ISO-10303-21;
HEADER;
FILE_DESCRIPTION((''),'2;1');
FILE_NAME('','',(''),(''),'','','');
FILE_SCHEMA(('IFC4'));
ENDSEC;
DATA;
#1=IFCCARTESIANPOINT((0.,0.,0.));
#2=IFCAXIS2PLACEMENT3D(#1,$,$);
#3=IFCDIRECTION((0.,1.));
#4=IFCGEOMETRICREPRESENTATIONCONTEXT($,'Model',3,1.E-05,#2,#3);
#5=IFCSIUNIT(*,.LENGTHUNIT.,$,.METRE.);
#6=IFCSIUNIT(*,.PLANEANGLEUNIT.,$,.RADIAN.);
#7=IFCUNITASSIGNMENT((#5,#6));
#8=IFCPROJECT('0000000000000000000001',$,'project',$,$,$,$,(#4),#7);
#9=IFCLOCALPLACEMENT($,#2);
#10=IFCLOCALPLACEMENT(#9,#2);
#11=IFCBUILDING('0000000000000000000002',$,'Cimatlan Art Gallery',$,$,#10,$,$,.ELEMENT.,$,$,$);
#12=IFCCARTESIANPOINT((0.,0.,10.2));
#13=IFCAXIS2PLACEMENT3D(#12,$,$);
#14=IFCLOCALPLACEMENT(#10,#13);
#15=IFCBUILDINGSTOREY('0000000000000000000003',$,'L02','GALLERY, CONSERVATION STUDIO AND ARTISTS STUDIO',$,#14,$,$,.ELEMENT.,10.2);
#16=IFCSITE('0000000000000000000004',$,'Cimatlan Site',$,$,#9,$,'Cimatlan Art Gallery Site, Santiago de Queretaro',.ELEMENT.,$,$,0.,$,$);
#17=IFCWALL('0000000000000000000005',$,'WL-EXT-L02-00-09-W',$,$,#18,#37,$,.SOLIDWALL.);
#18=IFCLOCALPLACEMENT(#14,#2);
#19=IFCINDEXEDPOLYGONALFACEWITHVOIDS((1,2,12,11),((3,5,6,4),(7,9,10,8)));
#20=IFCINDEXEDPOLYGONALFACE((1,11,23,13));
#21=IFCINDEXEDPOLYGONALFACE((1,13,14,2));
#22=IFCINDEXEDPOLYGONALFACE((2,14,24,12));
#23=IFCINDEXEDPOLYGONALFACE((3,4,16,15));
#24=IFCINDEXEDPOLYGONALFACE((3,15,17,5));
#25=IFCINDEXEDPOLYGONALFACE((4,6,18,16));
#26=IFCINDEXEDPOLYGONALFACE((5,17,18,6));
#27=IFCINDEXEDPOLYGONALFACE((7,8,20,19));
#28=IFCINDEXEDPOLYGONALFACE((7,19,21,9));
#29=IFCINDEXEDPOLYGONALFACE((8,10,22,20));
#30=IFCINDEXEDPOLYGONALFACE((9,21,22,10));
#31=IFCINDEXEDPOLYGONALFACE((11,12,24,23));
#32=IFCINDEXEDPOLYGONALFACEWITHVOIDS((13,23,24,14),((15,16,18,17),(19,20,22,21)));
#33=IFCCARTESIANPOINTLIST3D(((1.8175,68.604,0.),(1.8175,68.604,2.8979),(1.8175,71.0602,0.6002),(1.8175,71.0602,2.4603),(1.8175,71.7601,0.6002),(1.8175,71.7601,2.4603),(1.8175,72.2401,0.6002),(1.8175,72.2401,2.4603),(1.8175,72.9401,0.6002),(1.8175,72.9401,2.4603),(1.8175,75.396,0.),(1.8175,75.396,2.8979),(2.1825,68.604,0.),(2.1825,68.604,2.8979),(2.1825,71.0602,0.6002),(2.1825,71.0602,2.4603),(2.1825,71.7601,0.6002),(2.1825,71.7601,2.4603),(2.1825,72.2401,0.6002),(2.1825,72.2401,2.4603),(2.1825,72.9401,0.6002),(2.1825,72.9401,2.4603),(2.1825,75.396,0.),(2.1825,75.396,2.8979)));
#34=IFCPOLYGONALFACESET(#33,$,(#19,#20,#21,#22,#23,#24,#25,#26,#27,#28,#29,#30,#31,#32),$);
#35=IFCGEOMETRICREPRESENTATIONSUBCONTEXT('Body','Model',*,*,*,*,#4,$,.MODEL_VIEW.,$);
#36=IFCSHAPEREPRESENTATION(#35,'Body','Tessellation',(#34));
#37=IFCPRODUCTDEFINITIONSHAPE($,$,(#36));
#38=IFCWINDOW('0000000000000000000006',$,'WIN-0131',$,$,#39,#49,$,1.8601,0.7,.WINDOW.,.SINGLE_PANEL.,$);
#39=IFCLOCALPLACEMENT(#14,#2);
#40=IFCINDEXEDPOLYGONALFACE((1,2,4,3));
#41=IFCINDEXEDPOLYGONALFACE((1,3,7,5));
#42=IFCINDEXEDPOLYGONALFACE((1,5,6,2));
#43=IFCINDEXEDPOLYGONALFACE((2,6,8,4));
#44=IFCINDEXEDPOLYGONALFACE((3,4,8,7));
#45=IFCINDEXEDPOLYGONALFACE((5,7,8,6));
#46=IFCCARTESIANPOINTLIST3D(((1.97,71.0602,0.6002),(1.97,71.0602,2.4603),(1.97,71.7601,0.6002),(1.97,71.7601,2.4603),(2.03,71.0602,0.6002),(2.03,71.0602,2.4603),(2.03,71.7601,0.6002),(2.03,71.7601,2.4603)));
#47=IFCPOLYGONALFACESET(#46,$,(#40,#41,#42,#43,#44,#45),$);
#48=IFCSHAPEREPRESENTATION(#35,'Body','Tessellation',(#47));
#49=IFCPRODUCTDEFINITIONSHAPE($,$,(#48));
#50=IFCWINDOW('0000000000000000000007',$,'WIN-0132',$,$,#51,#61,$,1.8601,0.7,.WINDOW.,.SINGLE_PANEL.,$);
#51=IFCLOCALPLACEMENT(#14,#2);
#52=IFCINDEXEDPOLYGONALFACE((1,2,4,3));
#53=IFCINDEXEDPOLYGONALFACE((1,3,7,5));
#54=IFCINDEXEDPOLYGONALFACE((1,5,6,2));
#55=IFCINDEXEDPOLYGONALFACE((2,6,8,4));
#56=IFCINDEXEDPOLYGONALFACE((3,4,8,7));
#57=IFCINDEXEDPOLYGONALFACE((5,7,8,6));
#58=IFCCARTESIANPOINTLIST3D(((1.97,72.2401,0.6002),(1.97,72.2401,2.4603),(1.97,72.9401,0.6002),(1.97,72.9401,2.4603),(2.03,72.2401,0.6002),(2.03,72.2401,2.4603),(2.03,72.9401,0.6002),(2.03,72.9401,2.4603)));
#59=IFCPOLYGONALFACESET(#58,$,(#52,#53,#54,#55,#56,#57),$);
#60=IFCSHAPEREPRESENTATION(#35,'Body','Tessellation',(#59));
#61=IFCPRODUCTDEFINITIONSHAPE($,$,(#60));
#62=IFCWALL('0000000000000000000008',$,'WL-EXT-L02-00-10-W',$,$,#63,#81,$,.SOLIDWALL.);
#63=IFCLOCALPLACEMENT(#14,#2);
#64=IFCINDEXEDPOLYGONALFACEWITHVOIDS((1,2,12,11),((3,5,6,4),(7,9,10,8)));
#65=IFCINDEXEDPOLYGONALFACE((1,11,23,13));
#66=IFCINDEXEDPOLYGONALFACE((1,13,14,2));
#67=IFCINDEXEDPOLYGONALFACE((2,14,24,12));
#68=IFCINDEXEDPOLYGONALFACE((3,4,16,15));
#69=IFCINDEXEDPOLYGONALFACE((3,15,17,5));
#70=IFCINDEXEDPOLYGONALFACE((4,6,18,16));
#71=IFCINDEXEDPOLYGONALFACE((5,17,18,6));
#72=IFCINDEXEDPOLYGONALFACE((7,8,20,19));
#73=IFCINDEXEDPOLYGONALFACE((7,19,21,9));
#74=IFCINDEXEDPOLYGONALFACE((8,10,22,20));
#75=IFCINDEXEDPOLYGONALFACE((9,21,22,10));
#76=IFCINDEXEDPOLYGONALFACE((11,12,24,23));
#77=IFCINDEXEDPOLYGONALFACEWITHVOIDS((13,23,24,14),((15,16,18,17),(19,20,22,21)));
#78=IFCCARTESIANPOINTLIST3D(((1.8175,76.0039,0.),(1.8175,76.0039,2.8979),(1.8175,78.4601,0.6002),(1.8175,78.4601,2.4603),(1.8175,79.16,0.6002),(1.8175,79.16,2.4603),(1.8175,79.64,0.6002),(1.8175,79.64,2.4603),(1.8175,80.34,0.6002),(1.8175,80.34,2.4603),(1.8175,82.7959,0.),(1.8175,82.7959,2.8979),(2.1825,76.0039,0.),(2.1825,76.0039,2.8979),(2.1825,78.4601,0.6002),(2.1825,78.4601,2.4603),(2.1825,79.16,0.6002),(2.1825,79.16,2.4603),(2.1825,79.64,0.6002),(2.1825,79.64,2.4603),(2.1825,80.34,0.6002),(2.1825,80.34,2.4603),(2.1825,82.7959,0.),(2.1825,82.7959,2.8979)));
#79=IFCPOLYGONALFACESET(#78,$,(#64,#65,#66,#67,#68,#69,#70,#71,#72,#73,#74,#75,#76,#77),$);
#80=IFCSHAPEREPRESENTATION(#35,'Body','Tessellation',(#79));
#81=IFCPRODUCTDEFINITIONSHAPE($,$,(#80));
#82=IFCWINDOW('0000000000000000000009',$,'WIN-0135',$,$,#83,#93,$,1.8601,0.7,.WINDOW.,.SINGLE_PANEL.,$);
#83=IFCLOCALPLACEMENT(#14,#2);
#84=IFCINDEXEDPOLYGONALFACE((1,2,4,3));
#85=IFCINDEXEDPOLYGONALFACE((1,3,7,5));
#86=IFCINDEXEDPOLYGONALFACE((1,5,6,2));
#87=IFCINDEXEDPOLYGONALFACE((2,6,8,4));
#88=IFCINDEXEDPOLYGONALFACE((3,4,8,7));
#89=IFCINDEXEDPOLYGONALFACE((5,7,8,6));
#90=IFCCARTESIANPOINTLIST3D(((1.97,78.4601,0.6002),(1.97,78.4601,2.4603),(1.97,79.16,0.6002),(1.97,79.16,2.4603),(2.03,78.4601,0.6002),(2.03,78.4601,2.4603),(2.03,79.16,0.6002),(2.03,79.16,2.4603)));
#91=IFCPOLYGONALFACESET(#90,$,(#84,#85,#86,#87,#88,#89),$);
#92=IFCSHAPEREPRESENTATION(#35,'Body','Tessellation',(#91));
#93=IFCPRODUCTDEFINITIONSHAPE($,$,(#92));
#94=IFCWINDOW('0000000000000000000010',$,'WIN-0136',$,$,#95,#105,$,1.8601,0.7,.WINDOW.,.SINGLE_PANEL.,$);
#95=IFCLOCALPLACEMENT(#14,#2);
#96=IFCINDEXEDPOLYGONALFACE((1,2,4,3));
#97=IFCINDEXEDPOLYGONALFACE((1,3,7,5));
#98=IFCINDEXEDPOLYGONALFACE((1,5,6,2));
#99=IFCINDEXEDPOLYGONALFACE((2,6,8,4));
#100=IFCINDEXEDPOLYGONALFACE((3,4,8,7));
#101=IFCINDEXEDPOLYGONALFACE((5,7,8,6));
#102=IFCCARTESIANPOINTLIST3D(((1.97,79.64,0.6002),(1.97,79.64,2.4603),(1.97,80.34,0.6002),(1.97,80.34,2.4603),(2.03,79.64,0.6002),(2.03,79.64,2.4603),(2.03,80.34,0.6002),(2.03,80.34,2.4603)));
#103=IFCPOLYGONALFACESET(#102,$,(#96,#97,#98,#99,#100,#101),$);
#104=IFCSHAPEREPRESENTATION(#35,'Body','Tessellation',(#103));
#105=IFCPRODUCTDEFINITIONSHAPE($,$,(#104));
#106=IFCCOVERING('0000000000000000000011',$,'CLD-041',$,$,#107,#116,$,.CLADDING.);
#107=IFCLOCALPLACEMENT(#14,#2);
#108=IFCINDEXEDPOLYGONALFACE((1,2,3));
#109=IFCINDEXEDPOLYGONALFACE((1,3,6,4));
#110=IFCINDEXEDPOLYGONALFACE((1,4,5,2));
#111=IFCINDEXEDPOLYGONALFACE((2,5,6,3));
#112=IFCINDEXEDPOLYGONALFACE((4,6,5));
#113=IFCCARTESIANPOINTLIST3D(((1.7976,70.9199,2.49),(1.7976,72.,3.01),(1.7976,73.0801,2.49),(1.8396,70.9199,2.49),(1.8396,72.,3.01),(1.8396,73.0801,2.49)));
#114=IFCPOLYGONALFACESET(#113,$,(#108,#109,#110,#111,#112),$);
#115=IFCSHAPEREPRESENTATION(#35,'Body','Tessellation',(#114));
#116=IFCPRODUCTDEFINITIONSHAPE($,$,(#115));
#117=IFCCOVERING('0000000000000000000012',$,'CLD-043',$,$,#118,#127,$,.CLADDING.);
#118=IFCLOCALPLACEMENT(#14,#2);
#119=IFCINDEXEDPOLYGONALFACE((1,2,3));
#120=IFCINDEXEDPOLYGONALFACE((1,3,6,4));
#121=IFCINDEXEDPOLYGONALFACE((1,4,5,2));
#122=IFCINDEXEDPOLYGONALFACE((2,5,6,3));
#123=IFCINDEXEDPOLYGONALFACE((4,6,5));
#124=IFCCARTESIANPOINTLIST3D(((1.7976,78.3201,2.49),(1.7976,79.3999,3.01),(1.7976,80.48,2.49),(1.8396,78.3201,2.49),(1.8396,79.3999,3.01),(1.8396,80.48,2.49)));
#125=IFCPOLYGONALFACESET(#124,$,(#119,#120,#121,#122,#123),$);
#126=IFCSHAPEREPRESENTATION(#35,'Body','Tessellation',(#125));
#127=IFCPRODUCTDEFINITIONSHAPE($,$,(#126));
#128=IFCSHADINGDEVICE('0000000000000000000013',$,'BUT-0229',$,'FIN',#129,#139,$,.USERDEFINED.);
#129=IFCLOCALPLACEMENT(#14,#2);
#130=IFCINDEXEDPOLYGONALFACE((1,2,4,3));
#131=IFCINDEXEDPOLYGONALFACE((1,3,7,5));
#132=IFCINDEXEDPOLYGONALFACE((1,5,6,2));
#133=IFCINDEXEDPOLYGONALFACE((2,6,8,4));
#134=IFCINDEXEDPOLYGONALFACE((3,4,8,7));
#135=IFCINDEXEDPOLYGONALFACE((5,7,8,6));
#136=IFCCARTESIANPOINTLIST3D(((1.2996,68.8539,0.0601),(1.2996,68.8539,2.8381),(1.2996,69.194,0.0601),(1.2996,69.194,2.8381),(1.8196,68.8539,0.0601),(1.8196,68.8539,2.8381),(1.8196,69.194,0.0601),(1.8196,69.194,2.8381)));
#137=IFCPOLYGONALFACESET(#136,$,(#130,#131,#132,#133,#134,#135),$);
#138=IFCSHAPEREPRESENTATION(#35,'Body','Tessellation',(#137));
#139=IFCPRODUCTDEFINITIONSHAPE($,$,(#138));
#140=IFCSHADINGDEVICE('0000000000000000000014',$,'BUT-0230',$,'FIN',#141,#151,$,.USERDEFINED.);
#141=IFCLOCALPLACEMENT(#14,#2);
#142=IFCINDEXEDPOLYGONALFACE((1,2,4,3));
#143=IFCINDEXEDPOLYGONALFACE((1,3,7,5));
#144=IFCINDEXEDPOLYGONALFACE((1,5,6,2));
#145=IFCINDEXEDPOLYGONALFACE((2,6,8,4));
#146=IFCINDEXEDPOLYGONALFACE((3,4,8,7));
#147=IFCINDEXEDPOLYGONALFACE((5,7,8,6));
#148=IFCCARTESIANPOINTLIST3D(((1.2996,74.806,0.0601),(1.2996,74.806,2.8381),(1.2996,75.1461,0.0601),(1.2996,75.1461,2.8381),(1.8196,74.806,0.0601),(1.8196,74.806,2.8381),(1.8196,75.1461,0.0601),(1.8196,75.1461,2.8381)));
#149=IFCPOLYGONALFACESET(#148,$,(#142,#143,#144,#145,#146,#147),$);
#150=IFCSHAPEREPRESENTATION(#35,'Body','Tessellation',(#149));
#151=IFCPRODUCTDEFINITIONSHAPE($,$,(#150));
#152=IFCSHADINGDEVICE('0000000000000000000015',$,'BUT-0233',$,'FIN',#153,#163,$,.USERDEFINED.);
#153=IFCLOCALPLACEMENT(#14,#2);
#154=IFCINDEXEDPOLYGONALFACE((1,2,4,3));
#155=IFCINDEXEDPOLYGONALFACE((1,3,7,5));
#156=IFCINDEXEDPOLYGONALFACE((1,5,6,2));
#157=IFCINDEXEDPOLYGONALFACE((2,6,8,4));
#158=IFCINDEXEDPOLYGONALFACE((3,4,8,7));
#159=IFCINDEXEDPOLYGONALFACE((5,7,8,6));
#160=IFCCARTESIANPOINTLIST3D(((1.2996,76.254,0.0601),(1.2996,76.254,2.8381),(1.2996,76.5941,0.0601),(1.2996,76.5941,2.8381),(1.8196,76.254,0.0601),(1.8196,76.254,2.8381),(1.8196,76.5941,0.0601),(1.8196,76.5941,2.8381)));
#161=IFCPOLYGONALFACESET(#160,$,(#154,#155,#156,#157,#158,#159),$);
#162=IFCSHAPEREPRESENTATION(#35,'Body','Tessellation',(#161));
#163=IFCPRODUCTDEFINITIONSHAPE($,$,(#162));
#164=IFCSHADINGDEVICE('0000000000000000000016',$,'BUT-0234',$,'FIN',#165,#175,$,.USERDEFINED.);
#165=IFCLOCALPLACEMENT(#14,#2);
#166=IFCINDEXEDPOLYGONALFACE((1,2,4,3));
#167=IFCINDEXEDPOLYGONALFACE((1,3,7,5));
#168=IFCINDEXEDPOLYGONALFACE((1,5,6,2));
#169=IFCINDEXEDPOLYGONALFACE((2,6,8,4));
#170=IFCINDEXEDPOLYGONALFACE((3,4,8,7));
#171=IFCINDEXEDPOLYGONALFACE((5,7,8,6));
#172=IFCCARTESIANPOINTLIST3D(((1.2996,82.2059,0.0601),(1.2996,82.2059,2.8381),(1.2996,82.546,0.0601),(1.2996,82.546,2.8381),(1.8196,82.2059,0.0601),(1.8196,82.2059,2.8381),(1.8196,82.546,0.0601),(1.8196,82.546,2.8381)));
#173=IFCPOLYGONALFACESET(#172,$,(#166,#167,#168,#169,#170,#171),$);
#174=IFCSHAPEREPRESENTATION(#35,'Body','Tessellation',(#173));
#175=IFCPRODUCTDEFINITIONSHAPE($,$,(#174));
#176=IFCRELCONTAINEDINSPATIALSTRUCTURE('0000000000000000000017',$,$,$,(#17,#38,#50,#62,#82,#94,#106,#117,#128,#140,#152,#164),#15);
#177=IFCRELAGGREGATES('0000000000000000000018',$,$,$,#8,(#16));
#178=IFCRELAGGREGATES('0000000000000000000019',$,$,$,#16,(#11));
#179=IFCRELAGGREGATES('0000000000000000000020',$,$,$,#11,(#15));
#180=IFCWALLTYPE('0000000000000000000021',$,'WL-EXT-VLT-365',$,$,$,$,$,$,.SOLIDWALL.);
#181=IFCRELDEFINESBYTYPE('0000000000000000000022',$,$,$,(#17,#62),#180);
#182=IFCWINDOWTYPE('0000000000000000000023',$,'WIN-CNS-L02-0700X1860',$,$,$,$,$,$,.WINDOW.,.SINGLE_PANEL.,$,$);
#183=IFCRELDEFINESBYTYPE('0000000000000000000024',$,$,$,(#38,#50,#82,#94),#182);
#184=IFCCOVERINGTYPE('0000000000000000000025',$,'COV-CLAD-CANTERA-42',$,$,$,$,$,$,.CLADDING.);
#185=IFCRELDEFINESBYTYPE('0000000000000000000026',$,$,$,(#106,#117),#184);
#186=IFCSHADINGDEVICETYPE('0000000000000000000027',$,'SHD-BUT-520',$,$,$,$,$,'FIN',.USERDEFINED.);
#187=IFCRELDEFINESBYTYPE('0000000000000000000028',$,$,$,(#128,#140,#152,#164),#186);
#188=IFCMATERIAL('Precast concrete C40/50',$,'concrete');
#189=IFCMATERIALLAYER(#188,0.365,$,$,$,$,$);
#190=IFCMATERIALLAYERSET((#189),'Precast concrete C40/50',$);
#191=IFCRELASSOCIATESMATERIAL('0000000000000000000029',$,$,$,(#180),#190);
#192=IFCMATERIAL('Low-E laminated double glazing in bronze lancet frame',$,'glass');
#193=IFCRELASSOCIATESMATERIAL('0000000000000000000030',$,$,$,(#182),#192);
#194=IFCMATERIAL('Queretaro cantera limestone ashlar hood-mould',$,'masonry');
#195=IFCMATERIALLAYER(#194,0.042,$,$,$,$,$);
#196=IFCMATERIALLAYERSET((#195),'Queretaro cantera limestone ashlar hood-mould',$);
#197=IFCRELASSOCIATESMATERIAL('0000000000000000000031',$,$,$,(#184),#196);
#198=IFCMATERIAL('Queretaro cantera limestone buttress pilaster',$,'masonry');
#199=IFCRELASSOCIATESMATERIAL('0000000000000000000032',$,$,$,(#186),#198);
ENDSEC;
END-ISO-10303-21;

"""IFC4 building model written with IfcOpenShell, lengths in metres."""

from ifc_helpers import new_model, si_unit, direction, frame, frame_2d, origin, origin_2d, place, context, subcontext, project, spatial, polyline, rectangle, outline, extrude, material, layer, layer_set, type_object, element, fill, save


model = new_model("IFC4")

# Units and contexts
model_context = context("Model", 3, precision=1e-05, world=origin(), true_north=direction((0.0, 1.0)))
body_context = subcontext(model_context, "Body", "Model", "MODEL_VIEW")
ifc_project = project(units=[si_unit("LENGTHUNIT", "METRE"), si_unit("PLANEANGLEUNIT", "RADIAN")], contexts=[model_context])

# Site, building, storey
site_placement = place(None, origin())
site = spatial("IfcSite", under=ifc_project, at=site_placement, Name="Cimatlan Site", LongName="Cimatlan Art Gallery Site, Santiago de Queretaro", CompositionType="ELEMENT", RefElevation=0.0)
building_placement = place(site_placement, origin())
building = spatial("IfcBuilding", under=site, at=building_placement, Name="Cimatlan Art Gallery", CompositionType="ELEMENT")
storey_placement = place(building_placement, frame((0.0, 0.0, 10.2)))
storey = spatial("IfcBuildingStorey", under=building, at=storey_placement, Name="L02", Description="GALLERY, CONSERVATION STUDIO AND ARTISTS STUDIO", CompositionType="ELEMENT", Elevation=10.2)

# Walls, openings, windows
ifc_material_1 = material(Name="Precast concrete C40/50", Category="concrete")
ifc_layer_1 = layer(ifc_material_1, 0.365)
ifc_layer_set_1 = layer_set([ifc_layer_1], Name="Precast concrete C40/50")
wall_type = type_object("IfcWallType", Name="WL-EXT-VLT-365", PredefinedType="SOLIDWALL", material=ifc_layer_set_1)
wall_1_placement = place(storey_placement, frame((2.0, 68.604, 0.0), z_axis=(0.0, 0.0, 1.0), x_axis=(0.0, 1.0, 0.0)))
wall_1 = element("IfcWall", 1, at=wall_1_placement, inside=storey, type_object=wall_type, Name="WL-EXT-L02-00-09-W", PredefinedType="SOLIDWALL", context=body_context, shape_type="SweptSolid", body=[
    extrude(rectangle(XDim=6.792, YDim=0.365, at=frame_2d((3.396, 0.0))), origin(), (0.0, 0.0, 1.0), 2.8979),
])
opening_1_placement = place(wall_1_placement, frame((2.4561, 0.0, 0.6001)))
opening_1 = element("IfcOpeningElement", 2, at=opening_1_placement, cuts=wall_1, PredefinedType="OPENING", context=body_context, shape_type="SweptSolid", body=[
    extrude(rectangle(XDim=0.7, YDim=1.8601, at=frame_2d((0.3501, 0.9302))), frame((0.0, 0.1924, 0.0), z_axis=(0.0, -1.0, 0.0), x_axis=(1.0, 0.0, 0.0)), (0.0, 0.0, 1.0), 0.385),
])
opening_2_placement = place(wall_1_placement, frame((3.636, 0.0, 0.6001)))
opening_2 = element("IfcOpeningElement", 3, at=opening_2_placement, cuts=wall_1, PredefinedType="OPENING", context=body_context, shape_type="SweptSolid", body=[
    extrude(rectangle(XDim=0.7, YDim=1.8601, at=frame_2d((0.3501, 0.9302))), frame((0.0, 0.1924, 0.0), z_axis=(0.0, -1.0, 0.0), x_axis=(1.0, 0.0, 0.0)), (0.0, 0.0, 1.0), 0.385),
])
ifc_material_2 = material(Name="Low-E laminated double glazing in bronze lancet frame", Category="glass")
window_type = type_object("IfcWindowType", Name="WIN-CNS-L02-0700X1860", PartitioningType="SINGLE_PANEL", PredefinedType="WINDOW", material=ifc_material_2)
window_1_placement = place(opening_1_placement, origin())
window_1 = element("IfcWindow", 4, at=window_1_placement, inside=storey, type_object=window_type, Name="WIN-0131", OverallHeight=1.8601, OverallWidth=0.7, PartitioningType="SINGLE_PANEL", PredefinedType="WINDOW", context=body_context, shape_type="SweptSolid", body=[
    extrude(rectangle(XDim=0.7, YDim=1.8601, at=frame_2d((0.3501, 0.9302))), frame((0.0, 0.03, 0.0), z_axis=(0.0, -1.0, 0.0), x_axis=(1.0, 0.0, 0.0)), (0.0, 0.0, 1.0), 0.0601),
])
fill(opening_1, window_1)
window_2_placement = place(opening_2_placement, origin())
window_2 = element("IfcWindow", 5, at=window_2_placement, inside=storey, type_object=window_type, Name="WIN-0132", OverallHeight=1.8601, OverallWidth=0.7, PartitioningType="SINGLE_PANEL", PredefinedType="WINDOW", context=body_context, shape_type="SweptSolid", body=[
    extrude(rectangle(XDim=0.7, YDim=1.8601, at=frame_2d((0.3501, 0.9302))), frame((0.0, 0.03, 0.0), z_axis=(0.0, -1.0, 0.0), x_axis=(1.0, 0.0, 0.0)), (0.0, 0.0, 1.0), 0.0601),
])
fill(opening_2, window_2)
wall_2_placement = place(storey_placement, frame((2.0, 76.0039, 0.0), z_axis=(0.0, 0.0, 1.0), x_axis=(0.0, 1.0, 0.0)))
wall_2 = element("IfcWall", 6, at=wall_2_placement, inside=storey, type_object=wall_type, Name="WL-EXT-L02-00-10-W", PredefinedType="SOLIDWALL", context=body_context, shape_type="SweptSolid", body=[
    extrude(rectangle(XDim=6.792, YDim=0.365, at=frame_2d((3.396, 0.0))), origin(), (0.0, 0.0, 1.0), 2.8979),
])
opening_3_placement = place(wall_2_placement, frame((2.4561, 0.0, 0.6001)))
opening_3 = element("IfcOpeningElement", 7, at=opening_3_placement, cuts=wall_2, PredefinedType="OPENING", context=body_context, shape_type="SweptSolid", body=[
    extrude(rectangle(XDim=0.7, YDim=1.8601, at=frame_2d((0.3501, 0.9302))), frame((0.0, 0.1924, 0.0), z_axis=(0.0, -1.0, 0.0), x_axis=(1.0, 0.0, 0.0)), (0.0, 0.0, 1.0), 0.385),
])
opening_4_placement = place(wall_2_placement, frame((3.636, 0.0, 0.6001)))
opening_4 = element("IfcOpeningElement", 8, at=opening_4_placement, cuts=wall_2, PredefinedType="OPENING", context=body_context, shape_type="SweptSolid", body=[
    extrude(rectangle(XDim=0.7, YDim=1.8601, at=frame_2d((0.3501, 0.9302))), frame((0.0, 0.1924, 0.0), z_axis=(0.0, -1.0, 0.0), x_axis=(1.0, 0.0, 0.0)), (0.0, 0.0, 1.0), 0.385),
])
window_3_placement = place(opening_3_placement, origin())
window_3 = element("IfcWindow", 9, at=window_3_placement, inside=storey, type_object=window_type, Name="WIN-0135", OverallHeight=1.8601, OverallWidth=0.7, PartitioningType="SINGLE_PANEL", PredefinedType="WINDOW", context=body_context, shape_type="SweptSolid", body=[
    extrude(rectangle(XDim=0.7, YDim=1.8601, at=frame_2d((0.3501, 0.9302))), frame((0.0, 0.03, 0.0), z_axis=(0.0, -1.0, 0.0), x_axis=(1.0, 0.0, 0.0)), (0.0, 0.0, 1.0), 0.0601),
])
fill(opening_3, window_3)
window_4_placement = place(opening_4_placement, origin())
window_4 = element("IfcWindow", 10, at=window_4_placement, inside=storey, type_object=window_type, Name="WIN-0136", OverallHeight=1.8601, OverallWidth=0.7, PartitioningType="SINGLE_PANEL", PredefinedType="WINDOW", context=body_context, shape_type="SweptSolid", body=[
    extrude(rectangle(XDim=0.7, YDim=1.8601, at=frame_2d((0.3501, 0.9302))), frame((0.0, 0.03, 0.0), z_axis=(0.0, -1.0, 0.0), x_axis=(1.0, 0.0, 0.0)), (0.0, 0.0, 1.0), 0.0601),
])
fill(opening_4, window_4)

# Coverings
ifc_material_3 = material(Name="Queretaro cantera limestone ashlar hood-mould", Category="masonry")
ifc_layer_2 = layer(ifc_material_3, 0.042)
ifc_layer_set_2 = layer_set([ifc_layer_2], Name="Queretaro cantera limestone ashlar hood-mould")
covering_type = type_object("IfcCoveringType", Name="COV-CLAD-CANTERA-42", PredefinedType="CLADDING", material=ifc_layer_set_2)
covering_1_placement = place(storey_placement, frame((1.8396, 70.9199, 2.49), z_axis=(1.0, 0.0, 0.0), x_axis=(0.0, 1.0, 0.0)))
element("IfcCovering", 11, at=covering_1_placement, inside=storey, type_object=covering_type, Name="CLD-041", PredefinedType="CLADDING", context=body_context, shape_type="SweptSolid", body=[
    extrude(outline(polyline([(0.0, 0.0), (2.1602, 0.0), (1.0801, 0.52), (0.0, 0.0)])), origin(), (0.0, 0.0, -1.0), 0.042),
])
covering_2_placement = place(storey_placement, frame((1.8396, 78.3201, 2.49), z_axis=(1.0, 0.0, 0.0), x_axis=(0.0, 1.0, 0.0)))
element("IfcCovering", 12, at=covering_2_placement, inside=storey, type_object=covering_type, Name="CLD-043", PredefinedType="CLADDING", context=body_context, shape_type="SweptSolid", body=[
    extrude(outline(polyline([(0.0, 0.0), (2.1599, 0.0), (1.0798, 0.52), (0.0, 0.0)])), origin(), (0.0, 0.0, -1.0), 0.042),
])

# Shading devices
ifc_material_4 = material(Name="Queretaro cantera limestone buttress pilaster", Category="masonry")
shading_device_type_1 = type_object("IfcShadingDeviceType", Name="SHD-BUT-520", ElementType="FIN", PredefinedType="USERDEFINED", material=ifc_material_4)
for number, where, z_axis, x_axis, name in (
    (13, (1.5596, 69.0239, 0.0601), (0.0, 0.0, 1.0), (0.0, 1.0, 0.0), "BUT-0229"),
    (14, (1.5596, 74.9761, 0.0601), (0.0, 0.0, 1.0), (0.0, 1.0, 0.0), "BUT-0230"),
    (15, (1.5596, 76.4241, 0.0601), (0.0, 0.0, 1.0), (0.0, 1.0, 0.0), "BUT-0233"),
    (16, (1.5596, 82.376, 0.0601), (0.0, 0.0, 1.0), (0.0, 1.0, 0.0), "BUT-0234"),
):
    element("IfcShadingDevice", number, at=place(storey_placement, frame(where, z_axis=z_axis, x_axis=x_axis)), inside=storey, type_object=shading_device_type_1, Name=name, ObjectType="FIN", PredefinedType="USERDEFINED", context=body_context, shape_type="SweptSolid", body=[
        extrude(rectangle(XDim=0.3401, YDim=0.52, at=origin_2d()), origin(), (0.0, 0.0, 1.0), 2.7781),
    ])

save(model, "model.ifc")
